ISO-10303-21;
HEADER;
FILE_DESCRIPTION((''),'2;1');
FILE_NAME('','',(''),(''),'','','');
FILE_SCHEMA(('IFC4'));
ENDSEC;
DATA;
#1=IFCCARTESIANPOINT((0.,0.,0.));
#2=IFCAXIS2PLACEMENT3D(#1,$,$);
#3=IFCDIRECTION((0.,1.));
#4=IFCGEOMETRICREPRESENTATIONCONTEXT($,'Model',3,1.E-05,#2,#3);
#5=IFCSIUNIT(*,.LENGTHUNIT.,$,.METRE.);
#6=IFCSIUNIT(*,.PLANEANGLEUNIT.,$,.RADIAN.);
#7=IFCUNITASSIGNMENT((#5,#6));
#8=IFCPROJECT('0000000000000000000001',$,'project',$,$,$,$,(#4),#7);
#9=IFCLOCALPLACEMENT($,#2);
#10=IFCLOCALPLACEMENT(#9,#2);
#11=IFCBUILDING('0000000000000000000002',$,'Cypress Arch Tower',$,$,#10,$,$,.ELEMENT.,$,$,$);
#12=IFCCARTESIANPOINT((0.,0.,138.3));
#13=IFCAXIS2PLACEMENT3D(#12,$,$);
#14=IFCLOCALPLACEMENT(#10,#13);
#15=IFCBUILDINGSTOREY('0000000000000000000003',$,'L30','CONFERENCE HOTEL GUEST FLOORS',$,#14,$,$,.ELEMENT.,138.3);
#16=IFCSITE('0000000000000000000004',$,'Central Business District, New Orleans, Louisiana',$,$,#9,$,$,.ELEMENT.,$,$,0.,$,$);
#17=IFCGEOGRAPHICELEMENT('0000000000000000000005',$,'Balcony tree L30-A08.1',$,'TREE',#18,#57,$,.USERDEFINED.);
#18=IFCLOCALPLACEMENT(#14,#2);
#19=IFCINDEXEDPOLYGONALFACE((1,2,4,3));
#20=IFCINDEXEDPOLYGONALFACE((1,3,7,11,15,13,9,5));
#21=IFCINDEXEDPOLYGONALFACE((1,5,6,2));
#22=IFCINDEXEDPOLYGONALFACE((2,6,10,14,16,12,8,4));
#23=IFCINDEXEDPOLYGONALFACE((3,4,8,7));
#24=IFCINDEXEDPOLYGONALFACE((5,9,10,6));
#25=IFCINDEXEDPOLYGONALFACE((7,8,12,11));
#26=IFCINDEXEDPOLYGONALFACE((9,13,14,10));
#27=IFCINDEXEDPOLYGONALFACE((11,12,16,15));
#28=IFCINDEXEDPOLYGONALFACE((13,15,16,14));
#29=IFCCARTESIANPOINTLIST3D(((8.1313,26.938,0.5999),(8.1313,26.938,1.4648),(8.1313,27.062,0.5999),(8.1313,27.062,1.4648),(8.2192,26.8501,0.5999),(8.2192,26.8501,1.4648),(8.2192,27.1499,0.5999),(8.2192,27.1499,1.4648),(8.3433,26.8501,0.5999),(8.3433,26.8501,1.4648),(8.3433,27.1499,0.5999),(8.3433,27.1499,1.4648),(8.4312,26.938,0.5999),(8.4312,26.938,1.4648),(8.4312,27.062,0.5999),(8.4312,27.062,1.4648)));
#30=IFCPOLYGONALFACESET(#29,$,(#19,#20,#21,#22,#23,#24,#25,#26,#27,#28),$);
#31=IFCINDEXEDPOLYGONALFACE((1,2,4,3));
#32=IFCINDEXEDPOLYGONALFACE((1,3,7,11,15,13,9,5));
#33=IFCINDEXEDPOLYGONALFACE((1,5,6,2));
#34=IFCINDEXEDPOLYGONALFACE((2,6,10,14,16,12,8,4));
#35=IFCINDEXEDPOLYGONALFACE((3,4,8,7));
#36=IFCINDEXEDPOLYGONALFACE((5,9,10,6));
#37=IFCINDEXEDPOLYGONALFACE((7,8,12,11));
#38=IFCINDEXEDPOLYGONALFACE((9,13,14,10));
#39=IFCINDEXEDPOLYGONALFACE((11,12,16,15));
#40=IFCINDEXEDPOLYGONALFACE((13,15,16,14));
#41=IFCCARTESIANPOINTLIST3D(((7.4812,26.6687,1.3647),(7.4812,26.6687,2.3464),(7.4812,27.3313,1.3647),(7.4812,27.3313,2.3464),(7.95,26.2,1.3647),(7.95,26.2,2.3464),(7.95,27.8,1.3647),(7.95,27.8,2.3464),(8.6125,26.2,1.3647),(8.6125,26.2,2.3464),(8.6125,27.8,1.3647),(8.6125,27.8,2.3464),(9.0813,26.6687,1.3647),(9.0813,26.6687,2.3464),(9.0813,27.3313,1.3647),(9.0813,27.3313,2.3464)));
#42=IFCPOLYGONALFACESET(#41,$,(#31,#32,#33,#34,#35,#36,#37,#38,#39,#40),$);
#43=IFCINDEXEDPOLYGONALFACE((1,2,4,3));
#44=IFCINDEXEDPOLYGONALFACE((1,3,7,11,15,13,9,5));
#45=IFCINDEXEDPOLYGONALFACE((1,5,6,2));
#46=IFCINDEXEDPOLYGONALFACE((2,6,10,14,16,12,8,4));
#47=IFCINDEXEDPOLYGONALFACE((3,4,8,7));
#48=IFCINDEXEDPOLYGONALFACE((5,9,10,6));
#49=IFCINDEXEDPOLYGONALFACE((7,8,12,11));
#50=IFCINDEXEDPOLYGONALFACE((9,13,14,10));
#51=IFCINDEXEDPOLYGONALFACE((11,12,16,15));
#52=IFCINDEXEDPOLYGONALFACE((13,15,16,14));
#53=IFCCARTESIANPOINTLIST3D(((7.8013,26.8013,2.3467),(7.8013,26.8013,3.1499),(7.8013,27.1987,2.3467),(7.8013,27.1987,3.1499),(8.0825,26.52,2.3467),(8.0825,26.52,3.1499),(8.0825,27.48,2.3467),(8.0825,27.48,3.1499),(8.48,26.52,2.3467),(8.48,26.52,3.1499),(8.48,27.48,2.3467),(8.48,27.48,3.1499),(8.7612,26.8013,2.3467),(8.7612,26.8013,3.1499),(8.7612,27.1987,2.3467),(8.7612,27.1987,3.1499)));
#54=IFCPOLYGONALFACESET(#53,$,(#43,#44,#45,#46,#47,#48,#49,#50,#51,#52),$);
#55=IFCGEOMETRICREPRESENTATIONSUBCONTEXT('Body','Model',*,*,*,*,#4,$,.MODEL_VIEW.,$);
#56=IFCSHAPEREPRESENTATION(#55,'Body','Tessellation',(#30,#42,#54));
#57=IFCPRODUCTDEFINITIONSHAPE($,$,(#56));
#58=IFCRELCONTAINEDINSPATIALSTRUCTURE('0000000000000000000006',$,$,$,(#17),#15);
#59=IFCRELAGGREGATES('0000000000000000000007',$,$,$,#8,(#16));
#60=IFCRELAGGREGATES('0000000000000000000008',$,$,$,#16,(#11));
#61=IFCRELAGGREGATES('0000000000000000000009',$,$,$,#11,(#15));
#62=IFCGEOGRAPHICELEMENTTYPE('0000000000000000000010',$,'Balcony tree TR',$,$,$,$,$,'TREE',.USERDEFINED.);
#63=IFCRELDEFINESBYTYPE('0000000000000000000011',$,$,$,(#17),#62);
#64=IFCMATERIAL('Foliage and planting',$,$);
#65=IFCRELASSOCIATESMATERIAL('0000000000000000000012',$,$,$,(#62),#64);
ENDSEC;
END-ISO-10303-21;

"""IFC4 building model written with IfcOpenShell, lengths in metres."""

from ifc_helpers import new_model, si_unit, direction, frame, origin, place, context, subcontext, project, spatial, polyline, outline, extrude, material, type_object, element, save


model = new_model("IFC4")

# Units and contexts
model_context = context("Model", 3, precision=1e-05, world=origin(), true_north=direction((0.0, 1.0)))
body_context = subcontext(model_context, "Body", "Model", "MODEL_VIEW")
ifc_project = project(units=[si_unit("LENGTHUNIT", "METRE"), si_unit("PLANEANGLEUNIT", "RADIAN")], contexts=[model_context])

# Site, building, storey
site_placement = place(None, origin())
site = spatial("IfcSite", under=ifc_project, at=site_placement, Name="Central Business District, New Orleans, Louisiana", CompositionType="ELEMENT", RefElevation=0.0)
building_placement = place(site_placement, origin())
building = spatial("IfcBuilding", under=site, at=building_placement, Name="Cypress Arch Tower", CompositionType="ELEMENT")
storey_placement = place(building_placement, frame((0.0, 0.0, 138.3)))
storey = spatial("IfcBuildingStorey", under=building, at=storey_placement, Name="L30", Description="CONFERENCE HOTEL GUEST FLOORS", CompositionType="ELEMENT", Elevation=138.3)

# Geographic element
ifc_material_1 = material(Name="Foliage and planting")
geographic_element_type = type_object("IfcGeographicElementType", Name="Balcony tree TR", ElementType="TREE", PredefinedType="USERDEFINED", material=ifc_material_1)
geographic_element_placement = place(storey_placement, frame((8.2812, 27.0, 0.5999), z_axis=(0.0, 0.0, 1.0), x_axis=(1.0, 0.0, 0.0)))
element("IfcGeographicElement", 1, at=geographic_element_placement, inside=storey, type_object=geographic_element_type, Name="Balcony tree L30-A08.1", ObjectType="TREE", PredefinedType="USERDEFINED", context=body_context, shape_type="SweptSolid", body=[
    extrude(outline(polyline([(0.1499, 0.062), (0.062, 0.1499), (-0.062, 0.1499), (-0.1499, 0.062), (-0.1499, -0.062), (-0.062, -0.1499), (0.062, -0.1499), (0.1499, -0.062), (0.1499, 0.062)])), origin(), (0.0, 0.0, 1.0), 0.865),
    extrude(outline(polyline([(0.8, 0.3313), (0.3313, 0.8), (-0.3313, 0.8), (-0.8, 0.3313), (-0.8, -0.3313), (-0.3313, -0.8), (0.3313, -0.8), (0.8, -0.3313), (0.8, 0.3313)])), frame((0.0, 0.0, 0.7649)), (0.0, 0.0, 1.0), 0.9817),
    extrude(outline(polyline([(0.48, 0.1987), (0.1987, 0.48), (-0.1987, 0.48), (-0.48, 0.1987), (-0.48, -0.1987), (-0.1987, -0.48), (0.1987, -0.48), (0.48, -0.1987), (0.48, 0.1987)])), frame((0.0, 0.0, 1.7468)), (0.0, 0.0, 1.0), 0.8032),
])

save(model, "model.ifc")
